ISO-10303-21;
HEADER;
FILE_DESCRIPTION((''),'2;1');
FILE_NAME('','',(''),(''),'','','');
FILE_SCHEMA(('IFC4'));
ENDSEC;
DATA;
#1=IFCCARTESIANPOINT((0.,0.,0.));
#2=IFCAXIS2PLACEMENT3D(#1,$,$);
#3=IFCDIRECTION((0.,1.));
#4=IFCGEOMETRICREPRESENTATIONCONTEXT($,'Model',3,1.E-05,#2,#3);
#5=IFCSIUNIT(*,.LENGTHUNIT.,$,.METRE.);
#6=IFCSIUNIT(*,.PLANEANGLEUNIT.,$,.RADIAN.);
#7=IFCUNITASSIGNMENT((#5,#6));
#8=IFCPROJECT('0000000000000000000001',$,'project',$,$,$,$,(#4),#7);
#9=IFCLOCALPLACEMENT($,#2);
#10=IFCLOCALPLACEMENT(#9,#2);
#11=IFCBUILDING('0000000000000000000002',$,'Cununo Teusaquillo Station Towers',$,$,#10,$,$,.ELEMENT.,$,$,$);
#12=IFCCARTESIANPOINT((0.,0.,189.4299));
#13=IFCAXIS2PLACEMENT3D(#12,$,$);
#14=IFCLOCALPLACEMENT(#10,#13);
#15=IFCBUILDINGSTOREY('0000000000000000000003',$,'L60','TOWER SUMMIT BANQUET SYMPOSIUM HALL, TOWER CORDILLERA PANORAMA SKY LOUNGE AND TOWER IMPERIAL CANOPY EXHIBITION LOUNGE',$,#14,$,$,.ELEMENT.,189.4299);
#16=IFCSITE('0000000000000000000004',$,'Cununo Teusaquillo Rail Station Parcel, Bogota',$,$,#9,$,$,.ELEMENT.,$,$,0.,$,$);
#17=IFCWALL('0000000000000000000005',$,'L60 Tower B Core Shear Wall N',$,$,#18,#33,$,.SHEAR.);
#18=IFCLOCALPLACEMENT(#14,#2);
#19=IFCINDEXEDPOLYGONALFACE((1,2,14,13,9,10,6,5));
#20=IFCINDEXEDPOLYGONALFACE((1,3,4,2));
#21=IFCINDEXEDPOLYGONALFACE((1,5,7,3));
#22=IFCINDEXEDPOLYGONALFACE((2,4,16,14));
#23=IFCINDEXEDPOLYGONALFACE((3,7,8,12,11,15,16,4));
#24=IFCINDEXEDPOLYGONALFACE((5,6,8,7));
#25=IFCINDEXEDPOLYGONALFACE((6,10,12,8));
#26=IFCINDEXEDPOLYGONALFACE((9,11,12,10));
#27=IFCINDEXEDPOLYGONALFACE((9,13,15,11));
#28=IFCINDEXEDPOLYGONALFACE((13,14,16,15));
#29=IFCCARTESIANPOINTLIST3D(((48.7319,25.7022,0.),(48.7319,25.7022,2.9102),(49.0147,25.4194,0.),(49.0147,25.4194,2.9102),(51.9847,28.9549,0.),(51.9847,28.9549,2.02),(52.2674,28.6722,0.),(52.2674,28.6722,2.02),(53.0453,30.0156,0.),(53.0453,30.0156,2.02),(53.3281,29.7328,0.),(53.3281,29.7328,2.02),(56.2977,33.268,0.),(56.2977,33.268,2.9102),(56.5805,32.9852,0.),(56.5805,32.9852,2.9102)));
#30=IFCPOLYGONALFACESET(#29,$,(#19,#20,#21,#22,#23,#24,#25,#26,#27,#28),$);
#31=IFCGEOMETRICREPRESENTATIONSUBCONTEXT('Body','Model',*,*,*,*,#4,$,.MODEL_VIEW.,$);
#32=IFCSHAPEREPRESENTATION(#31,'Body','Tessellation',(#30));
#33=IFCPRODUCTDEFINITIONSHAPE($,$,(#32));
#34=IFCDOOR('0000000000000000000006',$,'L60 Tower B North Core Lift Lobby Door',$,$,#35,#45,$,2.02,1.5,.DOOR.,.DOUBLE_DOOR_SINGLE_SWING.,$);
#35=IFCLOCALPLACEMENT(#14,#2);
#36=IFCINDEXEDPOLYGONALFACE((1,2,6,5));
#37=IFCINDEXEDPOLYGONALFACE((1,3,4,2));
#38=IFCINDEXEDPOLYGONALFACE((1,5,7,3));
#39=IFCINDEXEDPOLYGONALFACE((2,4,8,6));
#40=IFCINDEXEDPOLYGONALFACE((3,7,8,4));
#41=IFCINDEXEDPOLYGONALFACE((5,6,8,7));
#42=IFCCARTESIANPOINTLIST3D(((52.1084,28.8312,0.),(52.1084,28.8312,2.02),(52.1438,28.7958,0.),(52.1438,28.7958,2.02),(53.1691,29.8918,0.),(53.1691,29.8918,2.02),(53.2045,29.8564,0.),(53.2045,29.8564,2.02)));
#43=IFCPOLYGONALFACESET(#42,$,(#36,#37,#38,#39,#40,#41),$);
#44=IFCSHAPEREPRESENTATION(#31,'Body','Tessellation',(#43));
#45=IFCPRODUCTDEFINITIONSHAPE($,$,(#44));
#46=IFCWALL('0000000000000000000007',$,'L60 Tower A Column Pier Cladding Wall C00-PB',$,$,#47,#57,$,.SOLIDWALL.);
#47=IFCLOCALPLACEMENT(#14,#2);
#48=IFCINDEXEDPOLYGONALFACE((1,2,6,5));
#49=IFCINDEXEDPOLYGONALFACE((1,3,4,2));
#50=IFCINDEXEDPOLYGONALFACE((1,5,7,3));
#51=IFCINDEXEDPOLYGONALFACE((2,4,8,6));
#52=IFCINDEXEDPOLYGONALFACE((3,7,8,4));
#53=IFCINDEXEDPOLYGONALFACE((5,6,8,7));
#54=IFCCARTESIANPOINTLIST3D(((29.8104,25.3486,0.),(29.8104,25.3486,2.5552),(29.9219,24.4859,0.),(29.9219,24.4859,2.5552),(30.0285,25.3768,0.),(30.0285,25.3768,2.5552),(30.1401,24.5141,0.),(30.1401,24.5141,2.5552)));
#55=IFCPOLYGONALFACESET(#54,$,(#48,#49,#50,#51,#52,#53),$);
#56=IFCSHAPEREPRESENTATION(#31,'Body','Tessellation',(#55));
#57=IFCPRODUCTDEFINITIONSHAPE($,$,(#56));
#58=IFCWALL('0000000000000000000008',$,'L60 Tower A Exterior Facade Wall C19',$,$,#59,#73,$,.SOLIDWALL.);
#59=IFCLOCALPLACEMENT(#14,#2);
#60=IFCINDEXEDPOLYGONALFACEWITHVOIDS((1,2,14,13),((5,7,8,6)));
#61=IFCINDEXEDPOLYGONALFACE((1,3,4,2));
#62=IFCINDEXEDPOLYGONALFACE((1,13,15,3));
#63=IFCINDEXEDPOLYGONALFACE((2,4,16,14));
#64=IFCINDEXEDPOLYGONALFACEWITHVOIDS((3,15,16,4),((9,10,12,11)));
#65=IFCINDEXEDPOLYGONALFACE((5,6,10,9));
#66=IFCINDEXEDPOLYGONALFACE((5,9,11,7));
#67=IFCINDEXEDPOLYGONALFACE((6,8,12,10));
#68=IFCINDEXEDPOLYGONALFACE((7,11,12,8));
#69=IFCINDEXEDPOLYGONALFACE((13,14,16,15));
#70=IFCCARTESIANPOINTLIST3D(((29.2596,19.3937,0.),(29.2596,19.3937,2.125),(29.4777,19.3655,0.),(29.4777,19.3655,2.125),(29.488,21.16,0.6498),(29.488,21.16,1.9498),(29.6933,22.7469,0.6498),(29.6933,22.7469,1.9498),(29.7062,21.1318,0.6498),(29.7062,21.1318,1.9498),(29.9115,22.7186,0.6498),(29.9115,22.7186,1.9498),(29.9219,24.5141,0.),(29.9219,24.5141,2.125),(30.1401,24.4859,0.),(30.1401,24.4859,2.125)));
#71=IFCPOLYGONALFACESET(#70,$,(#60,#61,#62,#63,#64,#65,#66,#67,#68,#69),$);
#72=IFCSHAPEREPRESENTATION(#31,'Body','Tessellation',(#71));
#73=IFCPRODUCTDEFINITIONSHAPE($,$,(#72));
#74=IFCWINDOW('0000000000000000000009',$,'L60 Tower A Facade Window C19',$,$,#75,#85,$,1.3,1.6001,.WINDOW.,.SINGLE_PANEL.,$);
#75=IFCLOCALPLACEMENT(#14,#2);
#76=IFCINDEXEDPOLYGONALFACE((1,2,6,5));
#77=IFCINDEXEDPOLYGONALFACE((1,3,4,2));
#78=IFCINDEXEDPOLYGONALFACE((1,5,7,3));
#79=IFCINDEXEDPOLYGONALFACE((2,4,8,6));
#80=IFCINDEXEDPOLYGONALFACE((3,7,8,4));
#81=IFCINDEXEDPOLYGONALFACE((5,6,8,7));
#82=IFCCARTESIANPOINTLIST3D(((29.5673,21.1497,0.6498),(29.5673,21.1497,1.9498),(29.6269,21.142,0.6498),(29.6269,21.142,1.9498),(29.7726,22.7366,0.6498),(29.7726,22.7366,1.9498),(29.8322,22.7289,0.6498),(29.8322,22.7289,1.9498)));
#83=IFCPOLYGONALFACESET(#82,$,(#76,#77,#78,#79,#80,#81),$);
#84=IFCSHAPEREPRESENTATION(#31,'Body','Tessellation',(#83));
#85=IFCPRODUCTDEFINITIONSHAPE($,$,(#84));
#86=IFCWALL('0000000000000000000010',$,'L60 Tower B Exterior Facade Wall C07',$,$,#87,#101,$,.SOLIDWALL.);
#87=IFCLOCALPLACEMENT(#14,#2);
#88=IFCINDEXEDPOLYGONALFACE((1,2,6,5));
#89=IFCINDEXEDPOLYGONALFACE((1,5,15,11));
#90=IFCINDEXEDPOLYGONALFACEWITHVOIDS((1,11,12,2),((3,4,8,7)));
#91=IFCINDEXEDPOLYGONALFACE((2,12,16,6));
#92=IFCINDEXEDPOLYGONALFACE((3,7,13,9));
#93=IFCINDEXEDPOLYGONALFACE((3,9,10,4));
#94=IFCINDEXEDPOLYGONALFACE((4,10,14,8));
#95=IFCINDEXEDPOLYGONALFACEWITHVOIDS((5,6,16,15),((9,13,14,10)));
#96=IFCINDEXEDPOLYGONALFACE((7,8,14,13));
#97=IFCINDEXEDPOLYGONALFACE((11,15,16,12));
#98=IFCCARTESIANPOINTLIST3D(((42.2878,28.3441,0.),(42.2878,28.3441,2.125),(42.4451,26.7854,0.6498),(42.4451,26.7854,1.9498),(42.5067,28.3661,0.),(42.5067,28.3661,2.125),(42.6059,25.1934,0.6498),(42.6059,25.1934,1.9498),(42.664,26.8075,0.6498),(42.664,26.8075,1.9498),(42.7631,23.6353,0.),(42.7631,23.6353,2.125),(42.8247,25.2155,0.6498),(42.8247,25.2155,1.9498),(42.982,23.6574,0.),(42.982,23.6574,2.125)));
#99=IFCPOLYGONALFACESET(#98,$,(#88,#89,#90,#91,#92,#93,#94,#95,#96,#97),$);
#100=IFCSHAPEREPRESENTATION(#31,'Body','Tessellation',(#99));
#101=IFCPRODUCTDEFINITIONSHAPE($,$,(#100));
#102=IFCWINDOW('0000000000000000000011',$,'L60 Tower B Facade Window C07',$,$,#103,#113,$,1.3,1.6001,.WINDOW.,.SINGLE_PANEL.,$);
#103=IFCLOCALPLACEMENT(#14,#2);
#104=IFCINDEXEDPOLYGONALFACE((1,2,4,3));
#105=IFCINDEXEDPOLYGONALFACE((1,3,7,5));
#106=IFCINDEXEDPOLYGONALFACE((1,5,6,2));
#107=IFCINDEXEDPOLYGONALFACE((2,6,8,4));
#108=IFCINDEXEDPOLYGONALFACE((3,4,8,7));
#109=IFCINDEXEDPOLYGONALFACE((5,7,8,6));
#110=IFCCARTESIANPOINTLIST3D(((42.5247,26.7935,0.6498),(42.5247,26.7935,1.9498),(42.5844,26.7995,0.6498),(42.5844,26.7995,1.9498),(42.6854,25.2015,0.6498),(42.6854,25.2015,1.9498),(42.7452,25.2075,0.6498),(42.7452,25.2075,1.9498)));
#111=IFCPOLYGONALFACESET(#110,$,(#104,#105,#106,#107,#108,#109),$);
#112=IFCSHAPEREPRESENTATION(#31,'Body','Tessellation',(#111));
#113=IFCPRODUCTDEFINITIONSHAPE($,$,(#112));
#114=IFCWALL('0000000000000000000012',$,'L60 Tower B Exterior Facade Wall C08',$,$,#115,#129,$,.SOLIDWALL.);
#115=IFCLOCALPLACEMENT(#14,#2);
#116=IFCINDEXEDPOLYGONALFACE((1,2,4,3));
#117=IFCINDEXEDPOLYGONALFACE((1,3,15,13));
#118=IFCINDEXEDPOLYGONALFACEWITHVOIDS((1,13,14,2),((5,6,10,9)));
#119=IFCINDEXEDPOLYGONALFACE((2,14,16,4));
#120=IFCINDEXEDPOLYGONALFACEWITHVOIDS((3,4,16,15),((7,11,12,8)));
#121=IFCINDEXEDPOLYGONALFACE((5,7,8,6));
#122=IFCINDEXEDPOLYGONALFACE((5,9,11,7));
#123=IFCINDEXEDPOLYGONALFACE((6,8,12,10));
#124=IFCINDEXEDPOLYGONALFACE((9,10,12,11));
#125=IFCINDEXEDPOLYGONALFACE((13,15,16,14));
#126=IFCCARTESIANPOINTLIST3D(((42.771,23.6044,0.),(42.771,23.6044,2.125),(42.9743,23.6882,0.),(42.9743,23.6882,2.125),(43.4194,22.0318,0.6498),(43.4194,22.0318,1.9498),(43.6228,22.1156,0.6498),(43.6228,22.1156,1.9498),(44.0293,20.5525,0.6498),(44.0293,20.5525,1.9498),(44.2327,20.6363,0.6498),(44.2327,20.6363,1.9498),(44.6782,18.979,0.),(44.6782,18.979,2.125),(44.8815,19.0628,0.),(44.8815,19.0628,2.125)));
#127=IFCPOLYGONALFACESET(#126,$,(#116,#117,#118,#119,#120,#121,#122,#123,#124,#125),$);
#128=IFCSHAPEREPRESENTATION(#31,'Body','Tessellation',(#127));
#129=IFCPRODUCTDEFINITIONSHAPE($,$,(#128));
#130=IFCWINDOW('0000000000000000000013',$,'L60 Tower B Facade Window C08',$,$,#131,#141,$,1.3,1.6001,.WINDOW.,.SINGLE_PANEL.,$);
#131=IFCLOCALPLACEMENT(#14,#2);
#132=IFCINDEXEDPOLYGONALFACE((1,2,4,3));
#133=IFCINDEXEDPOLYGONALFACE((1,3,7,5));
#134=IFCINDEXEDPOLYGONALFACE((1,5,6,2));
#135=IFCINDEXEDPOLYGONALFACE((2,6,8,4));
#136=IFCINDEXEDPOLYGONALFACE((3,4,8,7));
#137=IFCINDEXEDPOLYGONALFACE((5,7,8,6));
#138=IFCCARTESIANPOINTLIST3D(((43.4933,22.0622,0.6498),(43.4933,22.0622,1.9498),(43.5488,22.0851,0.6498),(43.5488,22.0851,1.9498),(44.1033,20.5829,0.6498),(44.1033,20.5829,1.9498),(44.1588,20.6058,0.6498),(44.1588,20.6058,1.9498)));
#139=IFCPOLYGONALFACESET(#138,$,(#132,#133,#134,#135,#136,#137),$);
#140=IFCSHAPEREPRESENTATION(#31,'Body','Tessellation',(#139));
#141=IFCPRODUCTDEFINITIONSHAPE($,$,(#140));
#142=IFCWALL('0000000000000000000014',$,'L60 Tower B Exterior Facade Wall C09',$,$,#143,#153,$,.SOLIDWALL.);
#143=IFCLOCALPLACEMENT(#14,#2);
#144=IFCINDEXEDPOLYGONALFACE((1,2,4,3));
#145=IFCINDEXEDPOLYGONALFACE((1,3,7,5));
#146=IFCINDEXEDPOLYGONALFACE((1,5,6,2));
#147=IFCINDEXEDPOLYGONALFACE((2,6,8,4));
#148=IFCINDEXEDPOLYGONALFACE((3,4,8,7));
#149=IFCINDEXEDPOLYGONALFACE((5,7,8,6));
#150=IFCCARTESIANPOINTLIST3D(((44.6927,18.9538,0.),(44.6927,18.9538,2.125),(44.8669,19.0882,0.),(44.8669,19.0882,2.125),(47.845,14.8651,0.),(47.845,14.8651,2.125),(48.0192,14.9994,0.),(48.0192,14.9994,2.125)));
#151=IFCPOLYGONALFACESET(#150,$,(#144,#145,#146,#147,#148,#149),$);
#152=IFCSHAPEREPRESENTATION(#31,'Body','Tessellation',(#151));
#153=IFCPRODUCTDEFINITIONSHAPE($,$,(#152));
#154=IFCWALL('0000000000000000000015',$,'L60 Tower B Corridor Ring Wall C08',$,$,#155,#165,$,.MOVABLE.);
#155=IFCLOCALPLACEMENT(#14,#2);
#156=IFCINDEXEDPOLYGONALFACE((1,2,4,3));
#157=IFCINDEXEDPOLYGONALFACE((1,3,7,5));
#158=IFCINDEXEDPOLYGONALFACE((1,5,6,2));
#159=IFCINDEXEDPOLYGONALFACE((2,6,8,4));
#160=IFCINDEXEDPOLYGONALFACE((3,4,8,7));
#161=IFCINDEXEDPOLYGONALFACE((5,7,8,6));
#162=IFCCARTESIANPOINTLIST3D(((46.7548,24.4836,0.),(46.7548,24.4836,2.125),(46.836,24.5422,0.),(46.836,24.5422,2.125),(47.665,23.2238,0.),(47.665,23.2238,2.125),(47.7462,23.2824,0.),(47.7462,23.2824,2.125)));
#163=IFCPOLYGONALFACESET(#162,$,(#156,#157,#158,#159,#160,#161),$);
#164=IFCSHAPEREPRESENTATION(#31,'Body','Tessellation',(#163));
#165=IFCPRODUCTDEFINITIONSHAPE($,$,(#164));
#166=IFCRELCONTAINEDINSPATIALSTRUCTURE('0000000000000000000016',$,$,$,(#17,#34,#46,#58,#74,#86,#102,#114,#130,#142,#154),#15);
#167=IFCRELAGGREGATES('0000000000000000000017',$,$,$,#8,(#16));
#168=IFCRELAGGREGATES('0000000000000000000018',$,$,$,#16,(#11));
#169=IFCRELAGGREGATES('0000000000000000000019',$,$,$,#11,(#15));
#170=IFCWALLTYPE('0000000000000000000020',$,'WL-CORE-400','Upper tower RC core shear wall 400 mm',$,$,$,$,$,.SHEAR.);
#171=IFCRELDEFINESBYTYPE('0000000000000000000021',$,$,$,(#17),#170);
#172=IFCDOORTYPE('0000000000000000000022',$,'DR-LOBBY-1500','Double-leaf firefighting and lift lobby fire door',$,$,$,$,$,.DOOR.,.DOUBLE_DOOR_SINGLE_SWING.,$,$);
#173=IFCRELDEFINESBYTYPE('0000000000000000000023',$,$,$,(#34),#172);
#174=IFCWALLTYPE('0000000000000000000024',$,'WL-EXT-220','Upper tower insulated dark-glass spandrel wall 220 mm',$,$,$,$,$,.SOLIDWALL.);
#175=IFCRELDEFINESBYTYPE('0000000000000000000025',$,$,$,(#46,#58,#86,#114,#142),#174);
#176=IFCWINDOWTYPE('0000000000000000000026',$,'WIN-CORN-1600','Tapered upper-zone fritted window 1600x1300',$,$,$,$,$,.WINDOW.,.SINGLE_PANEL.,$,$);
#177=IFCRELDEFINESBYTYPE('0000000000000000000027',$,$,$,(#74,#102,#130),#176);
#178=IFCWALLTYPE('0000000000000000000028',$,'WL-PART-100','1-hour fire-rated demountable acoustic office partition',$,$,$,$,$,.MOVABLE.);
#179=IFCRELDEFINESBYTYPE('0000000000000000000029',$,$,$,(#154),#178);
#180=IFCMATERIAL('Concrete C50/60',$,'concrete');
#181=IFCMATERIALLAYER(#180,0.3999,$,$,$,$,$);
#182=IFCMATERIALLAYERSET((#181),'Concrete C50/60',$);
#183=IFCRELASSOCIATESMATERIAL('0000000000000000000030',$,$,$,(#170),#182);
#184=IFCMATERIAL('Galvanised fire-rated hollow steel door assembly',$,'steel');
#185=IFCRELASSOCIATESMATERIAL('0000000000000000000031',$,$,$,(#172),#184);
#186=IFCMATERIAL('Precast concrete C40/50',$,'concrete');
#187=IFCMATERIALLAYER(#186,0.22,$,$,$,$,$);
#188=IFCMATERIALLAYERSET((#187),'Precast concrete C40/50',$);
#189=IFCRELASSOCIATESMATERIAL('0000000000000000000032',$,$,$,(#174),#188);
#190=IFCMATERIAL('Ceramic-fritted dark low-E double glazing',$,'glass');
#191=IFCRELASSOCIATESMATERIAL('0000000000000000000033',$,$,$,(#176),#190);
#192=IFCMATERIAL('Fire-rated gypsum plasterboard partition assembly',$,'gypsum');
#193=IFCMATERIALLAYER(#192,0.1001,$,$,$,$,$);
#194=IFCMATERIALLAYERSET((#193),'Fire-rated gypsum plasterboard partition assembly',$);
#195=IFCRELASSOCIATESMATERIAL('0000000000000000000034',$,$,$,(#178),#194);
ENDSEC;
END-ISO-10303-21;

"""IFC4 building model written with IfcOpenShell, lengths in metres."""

from ifc_helpers import new_model, si_unit, direction, frame, frame_2d, origin, place, context, subcontext, project, spatial, rectangle, extrude, source, transform, mapped, material, layer, layer_set, type_object, element, fill, save


model = new_model("IFC4")

# Units and contexts
model_context = context("Model", 3, precision=1e-05, world=origin(), true_north=direction((0.0, 1.0)))
body_context = subcontext(model_context, "Body", "Model", "MODEL_VIEW")
ifc_project = project(units=[si_unit("LENGTHUNIT", "METRE"), si_unit("PLANEANGLEUNIT", "RADIAN")], contexts=[model_context])

# Site, building, storey
site_placement = place(None, origin())
site = spatial("IfcSite", under=ifc_project, at=site_placement, Name="Cununo Teusaquillo Rail Station Parcel, Bogota", CompositionType="ELEMENT", RefElevation=0.0)
building_placement = place(site_placement, origin())
building = spatial("IfcBuilding", under=site, at=building_placement, Name="Cununo Teusaquillo Station Towers", CompositionType="ELEMENT")
storey_placement = place(building_placement, frame((0.0, 0.0, 189.4299)))
storey = spatial("IfcBuildingStorey", under=building, at=storey_placement, Name="L60", Description="TOWER SUMMIT BANQUET SYMPOSIUM HALL, TOWER CORDILLERA PANORAMA SKY LOUNGE AND TOWER IMPERIAL CANOPY EXHIBITION LOUNGE", CompositionType="ELEMENT", Elevation=189.4299)

# Wall, opening, door
ifc_material_1 = material(Name="Concrete C50/60", Category="concrete")
ifc_layer_1 = layer(ifc_material_1, 0.3999)
ifc_layer_set_1 = layer_set([ifc_layer_1], Name="Concrete C50/60")
wall_type_1 = type_object("IfcWallType", Name="WL-CORE-400", Description="Upper tower RC core shear wall 400 mm", PredefinedType="SHEAR", material=ifc_layer_set_1)
wall_1_placement = place(storey_placement, frame((48.8733, 25.5608, 0.0), z_axis=(0.0, 0.0, 1.0), x_axis=(0.707107, 0.707107, 0.0)))
wall_1 = element("IfcWall", 1, at=wall_1_placement, inside=storey, type_object=wall_type_1, Name="L60 Tower B Core Shear Wall N", PredefinedType="SHEAR", context=body_context, shape_type="SweptSolid", body=[
    extrude(rectangle(XDim=10.6997, YDim=0.3999, at=frame_2d((5.3499, 0.0))), origin(), (0.0, 0.0, 1.0), 2.9102),
])
shared_shape_1 = source(origin(), body_context, "Body", "SweptSolid", [
    extrude(rectangle(XDim=1.5, YDim=2.02, at=frame_2d((0.75, 1.01))), frame((0.0, 0.21, 0.0), z_axis=(0.0, -1.0, 0.0), x_axis=(1.0, 0.0, 0.0)), (0.0, 0.0, 1.0), 0.4199),
])
opening_1_placement = place(wall_1_placement, frame((4.6001, 0.0, 0.0)))
opening_1 = element("IfcOpeningElement", 2, at=opening_1_placement, cuts=wall_1, PredefinedType="OPENING", context=body_context, shape_type="MappedRepresentation", body=[
    mapped(shared_shape_1, transform((0.0, 0.0, 0.0), x_axis=(1.0, 0.0, 0.0), y_axis=(0.0, 1.0, 0.0), z_axis=(0.0, 0.0, 1.0), scale=1.0)),
])
ifc_material_2 = material(Name="Galvanised fire-rated hollow steel door assembly", Category="steel")
door_type = type_object("IfcDoorType", Name="DR-LOBBY-1500", Description="Double-leaf firefighting and lift lobby fire door", OperationType="DOUBLE_DOOR_SINGLE_SWING", PredefinedType="DOOR", material=ifc_material_2)
shared_shape_2 = source(origin(), body_context, "Body", "SweptSolid", [
    extrude(rectangle(XDim=1.5, YDim=2.02, at=frame_2d((0.75, 1.01))), frame((0.0, 0.0249, 0.0), z_axis=(0.0, -1.0, 0.0), x_axis=(1.0, 0.0, 0.0)), (0.0, 0.0, 1.0), 0.05),
])
door_placement = place(opening_1_placement, origin())
door = element("IfcDoor", 3, at=door_placement, inside=storey, type_object=door_type, Name="L60 Tower B North Core Lift Lobby Door", OperationType="DOUBLE_DOOR_SINGLE_SWING", OverallHeight=2.02, OverallWidth=1.5, PredefinedType="DOOR", context=body_context, shape_type="MappedRepresentation", body=[
    mapped(shared_shape_2, transform((0.0, 0.0, 0.0), x_axis=(1.0, 0.0, 0.0), y_axis=(0.0, 1.0, 0.0), z_axis=(0.0, 0.0, 1.0), scale=1.0)),
])
fill(opening_1, door)

# Wall
ifc_material_3 = material(Name="Precast concrete C40/50", Category="concrete")
ifc_layer_2 = layer(ifc_material_3, 0.22)
ifc_layer_set_2 = layer_set([ifc_layer_2], Name="Precast concrete C40/50")
wall_type_2 = type_object("IfcWallType", Name="WL-EXT-220", Description="Upper tower insulated dark-glass spandrel wall 220 mm", PredefinedType="SOLIDWALL", material=ifc_layer_set_2)
wall_2_placement = place(storey_placement, frame((29.9194, 25.3628, 0.0), z_axis=(0.0, 0.0, 1.0), x_axis=(0.128247, -0.991742, 0.0)))
element("IfcWall", 4, at=wall_2_placement, inside=storey, type_object=wall_type_2, Name="L60 Tower A Column Pier Cladding Wall C00-PB", PredefinedType="SOLIDWALL", context=body_context, shape_type="SweptSolid", body=[
    extrude(rectangle(XDim=0.8699, YDim=0.22, at=frame_2d((0.4351, 0.0))), origin(), (0.0, 0.0, 1.0), 2.5552),
])

# Walls, openings, windows
wall_3_placement = place(storey_placement, frame((30.031, 24.5, 0.0), z_axis=(0.0, 0.0, 1.0), x_axis=(-0.128288, -0.991737, 0.0)))
wall_3 = element("IfcWall", 5, at=wall_3_placement, inside=storey, type_object=wall_type_2, Name="L60 Tower A Exterior Facade Wall C19", PredefinedType="SOLIDWALL", context=body_context, shape_type="SweptSolid", body=[
    extrude(rectangle(XDim=5.1631, YDim=0.22, at=frame_2d((2.5815, 0.0))), origin(), (0.0, 0.0, 1.0), 2.125),
])
shared_shape_3 = source(origin(), body_context, "Body", "SweptSolid", [
    extrude(rectangle(XDim=1.6001, YDim=1.3, at=frame_2d((0.8, 0.6499))), frame((0.0, 0.1199, 0.0), z_axis=(0.0, -1.0, 0.0), x_axis=(1.0, 0.0, 0.0)), (0.0, 0.0, 1.0), 0.24),
])
opening_2_placement = place(wall_3_placement, frame((1.782, 0.0, 0.6499)))
opening_2 = element("IfcOpeningElement", 6, at=opening_2_placement, cuts=wall_3, PredefinedType="OPENING", context=body_context, shape_type="MappedRepresentation", body=[
    mapped(shared_shape_3, transform((0.0, 0.0, 0.0), x_axis=(1.0, 0.0, 0.0), y_axis=(0.0, 1.0, 0.0), z_axis=(0.0, 0.0, 1.0), scale=1.0)),
])
ifc_material_4 = material(Name="Ceramic-fritted dark low-E double glazing", Category="glass")
window_type = type_object("IfcWindowType", Name="WIN-CORN-1600", Description="Tapered upper-zone fritted window 1600x1300", PartitioningType="SINGLE_PANEL", PredefinedType="WINDOW", material=ifc_material_4)
shared_shape_4 = source(origin(), body_context, "Body", "SweptSolid", [
    extrude(rectangle(XDim=1.6001, YDim=1.3, at=frame_2d((0.8, 0.6499))), frame((0.0, 0.03, 0.0), z_axis=(0.0, -1.0, 0.0), x_axis=(1.0, 0.0, 0.0)), (0.0, 0.0, 1.0), 0.0601),
])
window_1_placement = place(opening_2_placement, origin())
window_1 = element("IfcWindow", 7, at=window_1_placement, inside=storey, type_object=window_type, Name="L60 Tower A Facade Window C19", OverallHeight=1.3, OverallWidth=1.6001, PartitioningType="SINGLE_PANEL", PredefinedType="WINDOW", context=body_context, shape_type="MappedRepresentation", body=[
    mapped(shared_shape_4, transform((0.0, 0.0, 0.0), x_axis=(1.0, 0.0, 0.0), y_axis=(0.0, 1.0, 0.0), z_axis=(0.0, 0.0, 1.0), scale=1.0)),
])
fill(opening_2, window_1)
wall_4_placement = place(storey_placement, frame((42.8726, 23.6465, 0.0), z_axis=(0.0, 0.0, 1.0), x_axis=(-0.100438, 0.994943, 0.0)))
wall_4 = element("IfcWall", 8, at=wall_4_placement, inside=storey, type_object=wall_type_2, Name="L60 Tower B Exterior Facade Wall C07", PredefinedType="SOLIDWALL", context=body_context, shape_type="SweptSolid", body=[
    extrude(rectangle(XDim=4.7327, YDim=0.22, at=frame_2d((2.3662, 0.0))), origin(), (0.0, 0.0, 1.0), 2.125),
])
opening_3_placement = place(wall_4_placement, frame((1.5659, 0.0, 0.6499)))
opening_3 = element("IfcOpeningElement", 9, at=opening_3_placement, cuts=wall_4, PredefinedType="OPENING", context=body_context, shape_type="MappedRepresentation", body=[
    mapped(shared_shape_3, transform((0.0, 0.0, 0.0), x_axis=(1.0, 0.0, 0.0), y_axis=(0.0, 1.0, 0.0), z_axis=(0.0, 0.0, 1.0), scale=1.0)),
])
window_2_placement = place(opening_3_placement, origin())
window_2 = element("IfcWindow", 10, at=window_2_placement, inside=storey, type_object=window_type, Name="L60 Tower B Facade Window C07", OverallHeight=1.3, OverallWidth=1.6001, PartitioningType="SINGLE_PANEL", PredefinedType="WINDOW", context=body_context, shape_type="MappedRepresentation", body=[
    mapped(shared_shape_4, transform((0.0, 0.0, 0.0), x_axis=(1.0, 0.0, 0.0), y_axis=(0.0, 1.0, 0.0), z_axis=(0.0, 0.0, 1.0), scale=1.0)),
])
fill(opening_3, window_2)
wall_5_placement = place(storey_placement, frame((44.7798, 19.021, 0.0), z_axis=(0.0, 0.0, 1.0), x_axis=(-0.381196, 0.924494, 0.0)))
wall_5 = element("IfcWall", 11, at=wall_5_placement, inside=storey, type_object=wall_type_2, Name="L60 Tower B Exterior Facade Wall C08", PredefinedType="SOLIDWALL", context=body_context, shape_type="SweptSolid", body=[
    extrude(rectangle(XDim=5.0032, YDim=0.22, at=frame_2d((2.5015, 0.0))), origin(), (0.0, 0.0, 1.0), 2.125),
])
opening_4_placement = place(wall_5_placement, frame((1.7019, 0.0, 0.6499)))
opening_4 = element("IfcOpeningElement", 12, at=opening_4_placement, cuts=wall_5, PredefinedType="OPENING", context=body_context, shape_type="MappedRepresentation", body=[
    mapped(shared_shape_3, transform((0.0, 0.0, 0.0), x_axis=(1.0, 0.0, 0.0), y_axis=(0.0, 1.0, 0.0), z_axis=(0.0, 0.0, 1.0), scale=1.0)),
])
window_3_placement = place(opening_4_placement, origin())
window_3 = element("IfcWindow", 13, at=window_3_placement, inside=storey, type_object=window_type, Name="L60 Tower B Facade Window C08", OverallHeight=1.3, OverallWidth=1.6001, PartitioningType="SINGLE_PANEL", PredefinedType="WINDOW", context=body_context, shape_type="MappedRepresentation", body=[
    mapped(shared_shape_4, transform((0.0, 0.0, 0.0), x_axis=(1.0, 0.0, 0.0), y_axis=(0.0, 1.0, 0.0), z_axis=(0.0, 0.0, 1.0), scale=1.0)),
])
fill(opening_4, window_3)

# Walls
wall_6_placement = place(storey_placement, frame((47.9321, 14.9321, 0.0), z_axis=(0.0, 0.0, 1.0), x_axis=(-0.61057, 0.791963, 0.0)))
element("IfcWall", 14, at=wall_6_placement, inside=storey, type_object=wall_type_2, Name="L60 Tower B Exterior Facade Wall C09", PredefinedType="SOLIDWALL", context=body_context, shape_type="SweptSolid", body=[
    extrude(rectangle(XDim=5.1628, YDim=0.22, at=frame_2d((2.5815, 0.0))), origin(), (0.0, 0.0, 1.0), 2.125),
])
ifc_material_5 = material(Name="Fire-rated gypsum plasterboard partition assembly", Category="gypsum")
ifc_layer_3 = layer(ifc_material_5, 0.1001)
ifc_layer_set_3 = layer_set([ifc_layer_3], Name="Fire-rated gypsum plasterboard partition assembly")
wall_type_3 = type_object("IfcWallType", Name="WL-PART-100", Description="1-hour fire-rated demountable acoustic office partition", PredefinedType="MOVABLE", material=ifc_layer_set_3)
wall_7_placement = place(storey_placement, frame((46.7954, 24.5129, 0.0), z_axis=(0.0, 0.0, 1.0), x_axis=(0.585628, -0.81058, 0.0)))
element("IfcWall", 15, at=wall_7_placement, inside=storey, type_object=wall_type_3, Name="L60 Tower B Corridor Ring Wall C08", PredefinedType="MOVABLE", context=body_context, shape_type="SweptSolid", body=[
    extrude(rectangle(XDim=1.5542, YDim=0.1001, at=frame_2d((0.7771, 0.0))), origin(), (0.0, 0.0, 1.0), 2.125),
])

save(model, "model.ifc")
